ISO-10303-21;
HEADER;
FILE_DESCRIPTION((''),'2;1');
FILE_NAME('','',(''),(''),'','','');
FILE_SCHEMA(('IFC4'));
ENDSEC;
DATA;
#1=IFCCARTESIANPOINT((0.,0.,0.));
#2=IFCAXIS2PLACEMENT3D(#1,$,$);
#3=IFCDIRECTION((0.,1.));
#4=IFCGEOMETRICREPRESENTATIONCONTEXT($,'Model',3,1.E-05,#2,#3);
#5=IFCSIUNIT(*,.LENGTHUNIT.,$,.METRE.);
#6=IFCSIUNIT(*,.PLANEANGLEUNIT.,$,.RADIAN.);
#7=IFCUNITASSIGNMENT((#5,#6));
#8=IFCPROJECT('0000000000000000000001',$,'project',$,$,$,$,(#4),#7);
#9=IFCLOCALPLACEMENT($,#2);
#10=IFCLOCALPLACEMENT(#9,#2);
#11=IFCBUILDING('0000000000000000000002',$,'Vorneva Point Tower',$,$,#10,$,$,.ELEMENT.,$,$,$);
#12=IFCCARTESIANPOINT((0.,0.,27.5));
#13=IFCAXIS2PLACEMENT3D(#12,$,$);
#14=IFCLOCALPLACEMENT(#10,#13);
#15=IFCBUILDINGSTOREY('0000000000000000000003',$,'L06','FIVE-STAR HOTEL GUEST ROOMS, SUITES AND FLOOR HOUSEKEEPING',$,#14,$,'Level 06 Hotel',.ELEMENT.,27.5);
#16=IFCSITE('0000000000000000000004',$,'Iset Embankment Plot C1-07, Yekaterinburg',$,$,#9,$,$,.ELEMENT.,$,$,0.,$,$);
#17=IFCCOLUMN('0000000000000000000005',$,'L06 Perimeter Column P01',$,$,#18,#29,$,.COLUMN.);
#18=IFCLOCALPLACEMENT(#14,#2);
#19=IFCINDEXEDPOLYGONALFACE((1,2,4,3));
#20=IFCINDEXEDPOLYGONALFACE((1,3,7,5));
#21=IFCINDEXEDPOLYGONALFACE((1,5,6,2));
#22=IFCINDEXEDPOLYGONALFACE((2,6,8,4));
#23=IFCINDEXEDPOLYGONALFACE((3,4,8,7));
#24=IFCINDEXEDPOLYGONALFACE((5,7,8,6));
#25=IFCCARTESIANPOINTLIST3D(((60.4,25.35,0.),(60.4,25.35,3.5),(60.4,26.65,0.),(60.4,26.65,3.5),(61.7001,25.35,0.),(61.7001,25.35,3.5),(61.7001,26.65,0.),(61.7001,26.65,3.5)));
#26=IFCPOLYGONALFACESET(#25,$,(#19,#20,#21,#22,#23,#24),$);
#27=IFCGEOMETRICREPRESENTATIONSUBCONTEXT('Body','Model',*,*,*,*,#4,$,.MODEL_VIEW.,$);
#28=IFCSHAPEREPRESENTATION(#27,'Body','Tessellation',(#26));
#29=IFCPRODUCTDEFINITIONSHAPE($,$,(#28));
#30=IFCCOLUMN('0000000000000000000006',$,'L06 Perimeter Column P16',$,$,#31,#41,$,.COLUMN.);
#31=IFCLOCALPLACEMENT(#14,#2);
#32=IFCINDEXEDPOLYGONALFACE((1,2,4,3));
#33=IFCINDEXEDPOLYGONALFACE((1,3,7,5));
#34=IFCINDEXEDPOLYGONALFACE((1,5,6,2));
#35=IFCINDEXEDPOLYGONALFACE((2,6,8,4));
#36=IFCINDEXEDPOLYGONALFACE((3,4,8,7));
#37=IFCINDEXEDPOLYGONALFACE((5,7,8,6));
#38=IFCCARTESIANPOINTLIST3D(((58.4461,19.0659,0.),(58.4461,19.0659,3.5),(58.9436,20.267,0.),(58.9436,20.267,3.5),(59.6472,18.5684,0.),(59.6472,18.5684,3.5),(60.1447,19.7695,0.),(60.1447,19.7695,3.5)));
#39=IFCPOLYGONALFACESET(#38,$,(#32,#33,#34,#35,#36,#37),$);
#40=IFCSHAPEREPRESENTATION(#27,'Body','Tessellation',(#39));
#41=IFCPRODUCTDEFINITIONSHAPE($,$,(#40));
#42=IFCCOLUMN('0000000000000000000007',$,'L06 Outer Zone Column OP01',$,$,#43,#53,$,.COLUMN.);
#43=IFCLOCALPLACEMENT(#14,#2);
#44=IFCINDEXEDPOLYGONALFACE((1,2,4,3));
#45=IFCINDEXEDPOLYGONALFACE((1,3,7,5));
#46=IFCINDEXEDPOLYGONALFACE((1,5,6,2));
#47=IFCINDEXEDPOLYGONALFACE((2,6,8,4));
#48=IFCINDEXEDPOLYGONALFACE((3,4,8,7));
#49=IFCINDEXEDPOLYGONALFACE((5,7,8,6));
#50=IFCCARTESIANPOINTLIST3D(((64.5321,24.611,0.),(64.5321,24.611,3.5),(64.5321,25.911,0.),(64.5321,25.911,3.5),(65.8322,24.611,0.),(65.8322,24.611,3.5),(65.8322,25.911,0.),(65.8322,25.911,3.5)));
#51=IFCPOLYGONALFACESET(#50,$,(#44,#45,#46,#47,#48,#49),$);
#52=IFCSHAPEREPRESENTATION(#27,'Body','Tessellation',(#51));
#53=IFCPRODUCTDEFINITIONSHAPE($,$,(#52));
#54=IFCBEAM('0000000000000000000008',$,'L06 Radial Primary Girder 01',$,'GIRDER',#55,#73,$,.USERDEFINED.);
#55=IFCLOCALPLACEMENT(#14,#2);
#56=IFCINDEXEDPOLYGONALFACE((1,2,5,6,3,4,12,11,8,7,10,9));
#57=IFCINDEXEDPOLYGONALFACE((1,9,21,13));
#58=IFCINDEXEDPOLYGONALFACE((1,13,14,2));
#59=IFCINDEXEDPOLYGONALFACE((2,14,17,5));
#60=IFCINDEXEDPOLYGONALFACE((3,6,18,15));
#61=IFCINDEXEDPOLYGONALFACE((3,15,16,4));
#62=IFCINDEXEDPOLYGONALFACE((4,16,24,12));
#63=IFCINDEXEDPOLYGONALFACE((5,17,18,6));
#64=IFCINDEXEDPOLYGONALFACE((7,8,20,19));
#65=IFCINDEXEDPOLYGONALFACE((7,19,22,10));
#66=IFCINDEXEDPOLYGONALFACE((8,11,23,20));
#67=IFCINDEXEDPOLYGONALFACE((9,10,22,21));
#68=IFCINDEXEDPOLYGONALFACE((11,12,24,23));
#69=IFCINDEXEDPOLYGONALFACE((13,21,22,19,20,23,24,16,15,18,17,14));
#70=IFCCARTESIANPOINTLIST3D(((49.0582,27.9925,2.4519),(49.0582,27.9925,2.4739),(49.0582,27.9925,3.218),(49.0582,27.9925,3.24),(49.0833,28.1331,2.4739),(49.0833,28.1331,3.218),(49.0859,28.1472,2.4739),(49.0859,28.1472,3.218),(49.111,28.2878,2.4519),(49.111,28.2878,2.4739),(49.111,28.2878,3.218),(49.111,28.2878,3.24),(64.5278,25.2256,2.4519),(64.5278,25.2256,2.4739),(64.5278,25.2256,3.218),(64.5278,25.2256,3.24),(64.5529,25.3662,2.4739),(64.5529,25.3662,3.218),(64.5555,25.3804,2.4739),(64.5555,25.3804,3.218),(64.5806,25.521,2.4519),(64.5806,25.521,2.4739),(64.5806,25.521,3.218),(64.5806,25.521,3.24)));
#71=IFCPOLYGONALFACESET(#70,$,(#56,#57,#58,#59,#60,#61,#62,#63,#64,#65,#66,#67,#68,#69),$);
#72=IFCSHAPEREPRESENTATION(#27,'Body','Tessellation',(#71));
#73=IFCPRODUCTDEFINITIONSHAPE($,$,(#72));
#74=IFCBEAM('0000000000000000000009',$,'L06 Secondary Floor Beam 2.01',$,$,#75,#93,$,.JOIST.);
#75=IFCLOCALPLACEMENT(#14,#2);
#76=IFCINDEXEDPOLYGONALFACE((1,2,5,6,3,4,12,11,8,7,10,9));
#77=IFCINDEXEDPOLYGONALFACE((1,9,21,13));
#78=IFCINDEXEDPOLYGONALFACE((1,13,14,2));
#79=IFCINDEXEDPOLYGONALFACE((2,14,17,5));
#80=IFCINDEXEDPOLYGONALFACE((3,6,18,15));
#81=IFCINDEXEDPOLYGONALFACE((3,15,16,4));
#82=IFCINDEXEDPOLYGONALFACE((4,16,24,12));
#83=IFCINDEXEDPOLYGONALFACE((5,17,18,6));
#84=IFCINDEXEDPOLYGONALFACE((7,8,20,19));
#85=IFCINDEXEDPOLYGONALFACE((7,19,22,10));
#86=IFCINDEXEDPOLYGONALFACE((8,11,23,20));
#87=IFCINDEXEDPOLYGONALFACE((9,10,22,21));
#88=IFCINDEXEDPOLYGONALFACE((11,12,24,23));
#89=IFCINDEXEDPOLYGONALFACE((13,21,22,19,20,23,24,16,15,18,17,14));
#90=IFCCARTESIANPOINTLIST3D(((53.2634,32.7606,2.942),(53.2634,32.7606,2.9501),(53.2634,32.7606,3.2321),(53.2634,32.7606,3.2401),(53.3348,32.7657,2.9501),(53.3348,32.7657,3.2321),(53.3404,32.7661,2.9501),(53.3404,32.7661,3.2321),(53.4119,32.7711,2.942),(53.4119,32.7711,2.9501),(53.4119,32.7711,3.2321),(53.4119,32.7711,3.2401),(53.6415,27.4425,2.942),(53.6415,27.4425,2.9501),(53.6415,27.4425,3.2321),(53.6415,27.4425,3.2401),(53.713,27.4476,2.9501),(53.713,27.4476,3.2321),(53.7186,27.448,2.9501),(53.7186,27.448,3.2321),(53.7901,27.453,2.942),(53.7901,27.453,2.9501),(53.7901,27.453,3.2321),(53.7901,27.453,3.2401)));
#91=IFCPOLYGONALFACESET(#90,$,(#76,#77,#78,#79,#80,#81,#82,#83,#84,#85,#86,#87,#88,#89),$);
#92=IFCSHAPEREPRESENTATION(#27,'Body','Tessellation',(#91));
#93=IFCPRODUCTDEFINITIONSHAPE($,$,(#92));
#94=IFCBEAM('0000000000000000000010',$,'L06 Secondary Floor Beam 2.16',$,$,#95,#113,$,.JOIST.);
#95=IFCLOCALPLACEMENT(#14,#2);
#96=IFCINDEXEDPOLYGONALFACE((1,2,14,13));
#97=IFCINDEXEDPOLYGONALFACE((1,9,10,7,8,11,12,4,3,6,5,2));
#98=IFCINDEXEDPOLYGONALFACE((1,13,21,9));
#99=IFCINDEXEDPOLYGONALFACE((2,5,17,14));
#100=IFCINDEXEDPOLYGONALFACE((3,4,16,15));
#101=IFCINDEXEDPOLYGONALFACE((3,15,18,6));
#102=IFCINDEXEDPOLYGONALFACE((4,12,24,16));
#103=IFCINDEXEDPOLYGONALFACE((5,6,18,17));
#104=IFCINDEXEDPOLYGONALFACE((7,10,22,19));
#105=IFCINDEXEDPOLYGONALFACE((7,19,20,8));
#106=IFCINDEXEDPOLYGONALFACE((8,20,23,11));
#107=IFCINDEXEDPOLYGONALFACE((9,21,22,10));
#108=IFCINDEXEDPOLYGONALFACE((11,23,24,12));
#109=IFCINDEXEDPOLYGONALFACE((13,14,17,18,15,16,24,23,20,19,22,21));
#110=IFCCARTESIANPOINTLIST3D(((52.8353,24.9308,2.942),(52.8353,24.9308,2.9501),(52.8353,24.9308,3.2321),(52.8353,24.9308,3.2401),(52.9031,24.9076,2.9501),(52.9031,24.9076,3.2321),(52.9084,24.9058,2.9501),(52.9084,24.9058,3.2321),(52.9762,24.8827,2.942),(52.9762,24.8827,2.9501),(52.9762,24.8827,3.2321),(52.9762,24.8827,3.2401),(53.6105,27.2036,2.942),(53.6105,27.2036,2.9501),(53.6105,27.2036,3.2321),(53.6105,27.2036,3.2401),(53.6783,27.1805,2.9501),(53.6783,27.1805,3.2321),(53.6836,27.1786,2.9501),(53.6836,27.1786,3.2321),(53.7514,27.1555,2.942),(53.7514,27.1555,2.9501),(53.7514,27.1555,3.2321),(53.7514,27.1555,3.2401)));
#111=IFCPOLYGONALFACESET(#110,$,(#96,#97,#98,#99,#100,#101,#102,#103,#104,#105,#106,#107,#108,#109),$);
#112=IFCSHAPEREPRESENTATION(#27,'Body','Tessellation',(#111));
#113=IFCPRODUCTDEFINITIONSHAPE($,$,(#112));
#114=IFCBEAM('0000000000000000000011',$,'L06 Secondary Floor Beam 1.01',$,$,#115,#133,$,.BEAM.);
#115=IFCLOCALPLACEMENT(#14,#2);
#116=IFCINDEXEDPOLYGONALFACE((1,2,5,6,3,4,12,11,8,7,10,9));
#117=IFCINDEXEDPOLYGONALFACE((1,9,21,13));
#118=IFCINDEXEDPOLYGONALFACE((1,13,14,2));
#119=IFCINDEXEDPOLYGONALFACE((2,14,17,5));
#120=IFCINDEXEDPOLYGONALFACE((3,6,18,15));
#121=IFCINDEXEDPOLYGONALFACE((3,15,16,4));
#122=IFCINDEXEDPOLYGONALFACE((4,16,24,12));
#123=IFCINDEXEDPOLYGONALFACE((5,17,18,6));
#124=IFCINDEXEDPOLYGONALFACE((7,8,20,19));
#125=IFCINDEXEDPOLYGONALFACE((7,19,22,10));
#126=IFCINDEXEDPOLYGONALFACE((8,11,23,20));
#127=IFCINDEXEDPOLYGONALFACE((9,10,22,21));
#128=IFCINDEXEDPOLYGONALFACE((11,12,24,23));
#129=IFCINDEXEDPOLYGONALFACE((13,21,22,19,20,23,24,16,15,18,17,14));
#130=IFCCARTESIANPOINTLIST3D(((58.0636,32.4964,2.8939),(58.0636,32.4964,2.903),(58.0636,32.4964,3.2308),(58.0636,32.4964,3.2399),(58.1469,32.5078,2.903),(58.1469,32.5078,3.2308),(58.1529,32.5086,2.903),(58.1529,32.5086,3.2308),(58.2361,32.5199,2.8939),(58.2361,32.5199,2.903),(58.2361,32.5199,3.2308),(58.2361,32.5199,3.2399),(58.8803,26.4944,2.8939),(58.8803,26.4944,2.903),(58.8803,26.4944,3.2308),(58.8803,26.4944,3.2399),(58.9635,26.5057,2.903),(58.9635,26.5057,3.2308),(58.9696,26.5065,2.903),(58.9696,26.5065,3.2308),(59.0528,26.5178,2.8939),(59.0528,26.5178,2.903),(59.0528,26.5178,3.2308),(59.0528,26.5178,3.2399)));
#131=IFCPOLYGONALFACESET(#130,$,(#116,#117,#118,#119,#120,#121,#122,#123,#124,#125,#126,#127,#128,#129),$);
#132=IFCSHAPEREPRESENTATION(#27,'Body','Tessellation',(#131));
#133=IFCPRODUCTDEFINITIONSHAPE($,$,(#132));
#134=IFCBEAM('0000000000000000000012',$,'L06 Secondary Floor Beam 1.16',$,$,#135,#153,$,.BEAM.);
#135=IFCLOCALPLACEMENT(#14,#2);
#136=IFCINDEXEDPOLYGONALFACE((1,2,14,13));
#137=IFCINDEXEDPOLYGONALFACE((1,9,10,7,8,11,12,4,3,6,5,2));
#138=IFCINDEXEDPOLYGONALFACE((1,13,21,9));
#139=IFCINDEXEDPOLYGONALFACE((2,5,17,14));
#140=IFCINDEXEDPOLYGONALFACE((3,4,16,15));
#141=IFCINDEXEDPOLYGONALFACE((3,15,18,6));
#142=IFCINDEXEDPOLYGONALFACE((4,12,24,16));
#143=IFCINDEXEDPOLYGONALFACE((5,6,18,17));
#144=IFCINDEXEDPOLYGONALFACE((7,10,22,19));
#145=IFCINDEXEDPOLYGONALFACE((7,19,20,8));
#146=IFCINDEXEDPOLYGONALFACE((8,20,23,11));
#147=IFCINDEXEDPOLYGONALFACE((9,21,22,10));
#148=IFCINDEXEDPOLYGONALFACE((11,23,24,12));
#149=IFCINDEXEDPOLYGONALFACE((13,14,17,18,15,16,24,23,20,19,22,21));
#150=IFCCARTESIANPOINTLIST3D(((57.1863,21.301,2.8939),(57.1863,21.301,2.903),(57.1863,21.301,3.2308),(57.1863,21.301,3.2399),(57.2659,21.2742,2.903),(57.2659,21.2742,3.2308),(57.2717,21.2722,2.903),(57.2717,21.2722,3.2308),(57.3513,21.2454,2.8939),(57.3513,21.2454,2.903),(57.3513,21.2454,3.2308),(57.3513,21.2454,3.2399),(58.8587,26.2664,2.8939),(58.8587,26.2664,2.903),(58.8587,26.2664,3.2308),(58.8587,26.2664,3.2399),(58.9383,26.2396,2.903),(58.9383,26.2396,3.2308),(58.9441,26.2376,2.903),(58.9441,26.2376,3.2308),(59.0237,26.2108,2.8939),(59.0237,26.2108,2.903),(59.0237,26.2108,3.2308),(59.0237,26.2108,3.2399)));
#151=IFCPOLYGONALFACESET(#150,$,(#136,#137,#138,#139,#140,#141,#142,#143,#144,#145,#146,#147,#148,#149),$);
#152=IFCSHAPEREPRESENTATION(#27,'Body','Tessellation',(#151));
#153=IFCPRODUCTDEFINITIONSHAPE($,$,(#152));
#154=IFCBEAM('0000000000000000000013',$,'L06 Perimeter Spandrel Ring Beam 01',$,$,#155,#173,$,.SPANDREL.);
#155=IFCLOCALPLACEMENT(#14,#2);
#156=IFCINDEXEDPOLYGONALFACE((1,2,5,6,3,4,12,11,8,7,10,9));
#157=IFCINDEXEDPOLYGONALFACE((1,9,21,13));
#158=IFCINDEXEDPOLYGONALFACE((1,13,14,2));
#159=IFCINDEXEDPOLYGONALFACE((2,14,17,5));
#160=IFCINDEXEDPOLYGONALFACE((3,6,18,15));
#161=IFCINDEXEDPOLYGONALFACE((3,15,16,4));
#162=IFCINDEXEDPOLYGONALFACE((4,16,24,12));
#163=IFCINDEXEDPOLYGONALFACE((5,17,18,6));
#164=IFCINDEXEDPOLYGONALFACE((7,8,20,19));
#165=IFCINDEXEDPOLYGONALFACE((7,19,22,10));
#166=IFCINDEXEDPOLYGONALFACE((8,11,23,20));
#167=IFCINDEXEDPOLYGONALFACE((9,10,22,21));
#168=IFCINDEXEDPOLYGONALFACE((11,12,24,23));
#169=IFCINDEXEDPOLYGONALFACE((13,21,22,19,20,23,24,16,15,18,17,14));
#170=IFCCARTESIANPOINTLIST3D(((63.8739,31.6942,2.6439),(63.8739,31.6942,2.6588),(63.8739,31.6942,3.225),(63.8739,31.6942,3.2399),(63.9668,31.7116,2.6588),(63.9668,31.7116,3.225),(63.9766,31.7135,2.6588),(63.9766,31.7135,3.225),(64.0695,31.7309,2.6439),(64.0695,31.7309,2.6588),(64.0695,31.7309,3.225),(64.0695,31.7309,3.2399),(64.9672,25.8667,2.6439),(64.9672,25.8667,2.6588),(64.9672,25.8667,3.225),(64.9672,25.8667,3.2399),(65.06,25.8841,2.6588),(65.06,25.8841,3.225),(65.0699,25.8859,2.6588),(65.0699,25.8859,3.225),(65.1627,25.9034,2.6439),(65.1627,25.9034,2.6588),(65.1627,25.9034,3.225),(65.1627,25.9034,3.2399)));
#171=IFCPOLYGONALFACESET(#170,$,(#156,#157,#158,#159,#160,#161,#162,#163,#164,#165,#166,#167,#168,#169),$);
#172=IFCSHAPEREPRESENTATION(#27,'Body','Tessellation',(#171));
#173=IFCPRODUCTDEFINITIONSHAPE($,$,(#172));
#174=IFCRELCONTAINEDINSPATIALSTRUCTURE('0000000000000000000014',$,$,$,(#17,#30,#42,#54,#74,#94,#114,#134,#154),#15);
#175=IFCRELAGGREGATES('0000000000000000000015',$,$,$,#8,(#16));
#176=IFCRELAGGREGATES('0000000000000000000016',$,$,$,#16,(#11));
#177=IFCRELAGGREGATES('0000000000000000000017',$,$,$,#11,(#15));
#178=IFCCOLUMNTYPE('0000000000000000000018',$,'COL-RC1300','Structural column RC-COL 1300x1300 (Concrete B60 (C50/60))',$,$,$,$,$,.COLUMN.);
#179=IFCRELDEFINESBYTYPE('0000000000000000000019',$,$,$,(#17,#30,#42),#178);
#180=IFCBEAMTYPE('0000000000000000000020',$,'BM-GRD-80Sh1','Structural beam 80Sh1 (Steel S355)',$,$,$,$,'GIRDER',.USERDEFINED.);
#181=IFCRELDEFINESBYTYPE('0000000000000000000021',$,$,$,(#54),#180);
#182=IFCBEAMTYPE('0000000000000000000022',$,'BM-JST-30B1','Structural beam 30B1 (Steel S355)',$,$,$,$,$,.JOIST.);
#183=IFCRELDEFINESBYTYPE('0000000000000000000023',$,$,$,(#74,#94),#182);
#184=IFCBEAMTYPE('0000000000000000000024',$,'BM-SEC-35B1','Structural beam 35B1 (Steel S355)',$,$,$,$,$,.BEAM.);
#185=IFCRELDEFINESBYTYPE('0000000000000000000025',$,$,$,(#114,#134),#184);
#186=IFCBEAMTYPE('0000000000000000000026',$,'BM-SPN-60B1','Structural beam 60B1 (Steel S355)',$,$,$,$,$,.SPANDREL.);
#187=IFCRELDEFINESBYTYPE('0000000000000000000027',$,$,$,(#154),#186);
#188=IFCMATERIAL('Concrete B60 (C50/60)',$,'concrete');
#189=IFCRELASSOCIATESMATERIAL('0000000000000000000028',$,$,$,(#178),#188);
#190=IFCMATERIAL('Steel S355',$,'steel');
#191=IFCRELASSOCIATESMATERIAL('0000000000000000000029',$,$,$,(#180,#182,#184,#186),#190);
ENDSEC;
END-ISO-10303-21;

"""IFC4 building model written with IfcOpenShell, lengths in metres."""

from ifc_helpers import new_model, si_unit, direction, frame, origin, origin_2d, place, context, subcontext, project, spatial, rectangle, i_section, extrude, material, material_profile, profile_set, type_object, element, save


model = new_model("IFC4")

# Units and contexts
model_context = context("Model", 3, precision=1e-05, world=origin(), true_north=direction((0.0, 1.0)))
body_context = subcontext(model_context, "Body", "Model", "MODEL_VIEW")
ifc_project = project(units=[si_unit("LENGTHUNIT", "METRE"), si_unit("PLANEANGLEUNIT", "RADIAN")], contexts=[model_context])

# Site, building, storey
site_placement = place(None, origin())
site = spatial("IfcSite", under=ifc_project, at=site_placement, Name="Iset Embankment Plot C1-07, Yekaterinburg", CompositionType="ELEMENT", RefElevation=0.0)
building_placement = place(site_placement, origin())
building = spatial("IfcBuilding", under=site, at=building_placement, Name="Vorneva Point Tower", CompositionType="ELEMENT")
storey_placement = place(building_placement, frame((0.0, 0.0, 27.5)))
storey = spatial("IfcBuildingStorey", under=building, at=storey_placement, Name="L06", Description="FIVE-STAR HOTEL GUEST ROOMS, SUITES AND FLOOR HOUSEKEEPING", LongName="Level 06 Hotel", CompositionType="ELEMENT", Elevation=27.5)

# Columns
ifc_material_1 = material(Name="Concrete B60 (C50/60)", Category="concrete")
ifc_material_profile_1 = material_profile(ifc_material_1, rectangle(XDim=1.3, YDim=1.3, at=origin_2d()), Name="RC-COL 1300x1300")
ifc_profile_set_1 = profile_set([ifc_material_profile_1], Name="Concrete B60 (C50/60)")
column_type = type_object("IfcColumnType", Name="COL-RC1300", Description="Structural column RC-COL 1300x1300 (Concrete B60 (C50/60))", PredefinedType="COLUMN", material=ifc_profile_set_1)
for number, where, z_axis, x_axis, name in (
    (1, (61.05, 26.0, 0.0), (0.0, 0.0, 1.0), (1.0, 0.0, 0.0), "L06 Perimeter Column P01"),
    (2, (59.2954, 19.4177, 0.0), (0.0, 0.0, 1.0), (0.92388, -0.382683, 0.0), "L06 Perimeter Column P16"),
    (3, (65.1821, 25.261, 0.0), (0.0, 0.0, 1.0), (1.0, 0.0, 0.0), "L06 Outer Zone Column OP01"),
):
    element("IfcColumn", number, at=place(storey_placement, frame(where, z_axis=z_axis, x_axis=x_axis)), inside=storey, type_object=column_type, Name=name, PredefinedType="COLUMN", context=body_context, shape_type="SweptSolid", body=[
        extrude(rectangle(XDim=1.3, YDim=1.3, at=origin_2d()), origin(), (0.0, 0.0, 1.0), 3.5),
    ])

# Beams
ifc_material_2 = material(Name="Steel S355", Category="steel")
ifc_material_profile_2 = material_profile(ifc_material_2, i_section(OverallWidth=0.3, OverallDepth=0.7881, WebThickness=0.0144, FlangeThickness=0.022, at=origin_2d()), Name="80Sh1")
ifc_profile_set_2 = profile_set([ifc_material_profile_2], Name="Steel S355")
beam_type_1 = type_object("IfcBeamType", Name="BM-GRD-80Sh1", Description="Structural beam 80Sh1 (Steel S355)", ElementType="GIRDER", PredefinedType="USERDEFINED", material=ifc_profile_set_2)
beam_1_placement = place(storey_placement, frame((64.5542, 25.3733, 2.8459), z_axis=(-0.984379, 0.176064, 0.0), x_axis=(-0.176064, -0.984379, 0.0)))
element("IfcBeam", 4, at=beam_1_placement, inside=storey, type_object=beam_type_1, Name="L06 Radial Primary Girder 01", ObjectType="GIRDER", PredefinedType="USERDEFINED", context=body_context, shape_type="SweptSolid", body=[
    extrude(i_section(OverallWidth=0.3, OverallDepth=0.7881, WebThickness=0.0144, FlangeThickness=0.022, at=origin_2d()), origin(), (0.0, 0.0, 1.0), 15.7151),
])
ifc_material_profile_3 = material_profile(ifc_material_2, i_section(OverallWidth=0.1489, OverallDepth=0.2981, WebThickness=0.0056, FlangeThickness=0.0081, at=origin_2d()), Name="30B1")
ifc_profile_set_3 = profile_set([ifc_material_profile_3], Name="Steel S355")
beam_type_2 = type_object("IfcBeamType", Name="BM-JST-30B1", Description="Structural beam 30B1 (Steel S355)", PredefinedType="JOIST", material=ifc_profile_set_3)
beam_2_placement = place(storey_placement, frame((53.7158, 27.4478, 3.0911), z_axis=(-0.070931, 0.997481, 0.0), x_axis=(-0.997481, -0.070931, 0.0)))
element("IfcBeam", 5, at=beam_2_placement, inside=storey, type_object=beam_type_2, Name="L06 Secondary Floor Beam 2.01", PredefinedType="JOIST", context=body_context, shape_type="SweptSolid", body=[
    extrude(i_section(OverallWidth=0.1489, OverallDepth=0.2981, WebThickness=0.0056, FlangeThickness=0.0081, at=origin_2d()), origin(), (0.0, 0.0, 1.0), 5.3315),
])
beam_3_placement = place(storey_placement, frame((52.9058, 24.9067, 3.0911), z_axis=(0.322808, 0.946464, 0.0), x_axis=(-0.946464, 0.322808, 0.0)))
element("IfcBeam", 6, at=beam_3_placement, inside=storey, type_object=beam_type_2, Name="L06 Secondary Floor Beam 2.16", PredefinedType="JOIST", context=body_context, shape_type="SweptSolid", body=[
    extrude(i_section(OverallWidth=0.1489, OverallDepth=0.2981, WebThickness=0.0056, FlangeThickness=0.0081, at=origin_2d()), origin(), (0.0, 0.0, 1.0), 2.4014),
])
ifc_material_profile_4 = material_profile(ifc_material_2, i_section(OverallWidth=0.1741, OverallDepth=0.3459, WebThickness=0.0061, FlangeThickness=0.009, at=origin_2d()), Name="35B1")
ifc_profile_set_4 = profile_set([ifc_material_profile_4], Name="Steel S355")
beam_type_3 = type_object("IfcBeamType", Name="BM-SEC-35B1", Description="Structural beam 35B1 (Steel S355)", PredefinedType="BEAM", material=ifc_profile_set_4)
beam_4_placement = place(storey_placement, frame((58.9666, 26.5061, 3.0669), z_axis=(-0.134822, 0.99087, 0.0), x_axis=(-0.99087, -0.134822, 0.0)))
element("IfcBeam", 7, at=beam_4_placement, inside=storey, type_object=beam_type_3, Name="L06 Secondary Floor Beam 1.01", PredefinedType="BEAM", context=body_context, shape_type="SweptSolid", body=[
    extrude(i_section(OverallWidth=0.1741, OverallDepth=0.3459, WebThickness=0.0061, FlangeThickness=0.009, at=origin_2d()), origin(), (0.0, 0.0, 1.0), 6.0574),
])
beam_5_placement = place(storey_placement, frame((57.2688, 21.2732, 3.0669), z_axis=(0.31919, 0.947691, 0.0), x_axis=(-0.947691, 0.31919, 0.0)))
element("IfcBeam", 8, at=beam_5_placement, inside=storey, type_object=beam_type_3, Name="L06 Secondary Floor Beam 1.16", PredefinedType="BEAM", context=body_context, shape_type="SweptSolid", body=[
    extrude(i_section(OverallWidth=0.1741, OverallDepth=0.3459, WebThickness=0.0061, FlangeThickness=0.009, at=origin_2d()), origin(), (0.0, 0.0, 1.0), 5.2395),
])
ifc_material_profile_5 = material_profile(ifc_material_2, i_section(OverallWidth=0.199, OverallDepth=0.5959, WebThickness=0.01, FlangeThickness=0.0149, at=origin_2d()), Name="60B1")
ifc_profile_set_5 = profile_set([ifc_material_profile_5], Name="Steel S355")
beam_type_4 = type_object("IfcBeamType", Name="BM-SPN-60B1", Description="Structural beam 60B1 (Steel S355)", PredefinedType="SPANDREL", material=ifc_profile_set_5)
beam_6_placement = place(storey_placement, frame((65.0649, 25.885, 2.9419), z_axis=(-0.184383, 0.982854, 0.0), x_axis=(-0.982854, -0.184383, 0.0)))
element("IfcBeam", 9, at=beam_6_placement, inside=storey, type_object=beam_type_4, Name="L06 Perimeter Spandrel Ring Beam 01", PredefinedType="SPANDREL", context=body_context, shape_type="SweptSolid", body=[
    extrude(i_section(OverallWidth=0.199, OverallDepth=0.5959, WebThickness=0.01, FlangeThickness=0.0149, at=origin_2d()), origin(), (0.0, 0.0, 1.0), 5.9292),
])

save(model, "model.ifc")
